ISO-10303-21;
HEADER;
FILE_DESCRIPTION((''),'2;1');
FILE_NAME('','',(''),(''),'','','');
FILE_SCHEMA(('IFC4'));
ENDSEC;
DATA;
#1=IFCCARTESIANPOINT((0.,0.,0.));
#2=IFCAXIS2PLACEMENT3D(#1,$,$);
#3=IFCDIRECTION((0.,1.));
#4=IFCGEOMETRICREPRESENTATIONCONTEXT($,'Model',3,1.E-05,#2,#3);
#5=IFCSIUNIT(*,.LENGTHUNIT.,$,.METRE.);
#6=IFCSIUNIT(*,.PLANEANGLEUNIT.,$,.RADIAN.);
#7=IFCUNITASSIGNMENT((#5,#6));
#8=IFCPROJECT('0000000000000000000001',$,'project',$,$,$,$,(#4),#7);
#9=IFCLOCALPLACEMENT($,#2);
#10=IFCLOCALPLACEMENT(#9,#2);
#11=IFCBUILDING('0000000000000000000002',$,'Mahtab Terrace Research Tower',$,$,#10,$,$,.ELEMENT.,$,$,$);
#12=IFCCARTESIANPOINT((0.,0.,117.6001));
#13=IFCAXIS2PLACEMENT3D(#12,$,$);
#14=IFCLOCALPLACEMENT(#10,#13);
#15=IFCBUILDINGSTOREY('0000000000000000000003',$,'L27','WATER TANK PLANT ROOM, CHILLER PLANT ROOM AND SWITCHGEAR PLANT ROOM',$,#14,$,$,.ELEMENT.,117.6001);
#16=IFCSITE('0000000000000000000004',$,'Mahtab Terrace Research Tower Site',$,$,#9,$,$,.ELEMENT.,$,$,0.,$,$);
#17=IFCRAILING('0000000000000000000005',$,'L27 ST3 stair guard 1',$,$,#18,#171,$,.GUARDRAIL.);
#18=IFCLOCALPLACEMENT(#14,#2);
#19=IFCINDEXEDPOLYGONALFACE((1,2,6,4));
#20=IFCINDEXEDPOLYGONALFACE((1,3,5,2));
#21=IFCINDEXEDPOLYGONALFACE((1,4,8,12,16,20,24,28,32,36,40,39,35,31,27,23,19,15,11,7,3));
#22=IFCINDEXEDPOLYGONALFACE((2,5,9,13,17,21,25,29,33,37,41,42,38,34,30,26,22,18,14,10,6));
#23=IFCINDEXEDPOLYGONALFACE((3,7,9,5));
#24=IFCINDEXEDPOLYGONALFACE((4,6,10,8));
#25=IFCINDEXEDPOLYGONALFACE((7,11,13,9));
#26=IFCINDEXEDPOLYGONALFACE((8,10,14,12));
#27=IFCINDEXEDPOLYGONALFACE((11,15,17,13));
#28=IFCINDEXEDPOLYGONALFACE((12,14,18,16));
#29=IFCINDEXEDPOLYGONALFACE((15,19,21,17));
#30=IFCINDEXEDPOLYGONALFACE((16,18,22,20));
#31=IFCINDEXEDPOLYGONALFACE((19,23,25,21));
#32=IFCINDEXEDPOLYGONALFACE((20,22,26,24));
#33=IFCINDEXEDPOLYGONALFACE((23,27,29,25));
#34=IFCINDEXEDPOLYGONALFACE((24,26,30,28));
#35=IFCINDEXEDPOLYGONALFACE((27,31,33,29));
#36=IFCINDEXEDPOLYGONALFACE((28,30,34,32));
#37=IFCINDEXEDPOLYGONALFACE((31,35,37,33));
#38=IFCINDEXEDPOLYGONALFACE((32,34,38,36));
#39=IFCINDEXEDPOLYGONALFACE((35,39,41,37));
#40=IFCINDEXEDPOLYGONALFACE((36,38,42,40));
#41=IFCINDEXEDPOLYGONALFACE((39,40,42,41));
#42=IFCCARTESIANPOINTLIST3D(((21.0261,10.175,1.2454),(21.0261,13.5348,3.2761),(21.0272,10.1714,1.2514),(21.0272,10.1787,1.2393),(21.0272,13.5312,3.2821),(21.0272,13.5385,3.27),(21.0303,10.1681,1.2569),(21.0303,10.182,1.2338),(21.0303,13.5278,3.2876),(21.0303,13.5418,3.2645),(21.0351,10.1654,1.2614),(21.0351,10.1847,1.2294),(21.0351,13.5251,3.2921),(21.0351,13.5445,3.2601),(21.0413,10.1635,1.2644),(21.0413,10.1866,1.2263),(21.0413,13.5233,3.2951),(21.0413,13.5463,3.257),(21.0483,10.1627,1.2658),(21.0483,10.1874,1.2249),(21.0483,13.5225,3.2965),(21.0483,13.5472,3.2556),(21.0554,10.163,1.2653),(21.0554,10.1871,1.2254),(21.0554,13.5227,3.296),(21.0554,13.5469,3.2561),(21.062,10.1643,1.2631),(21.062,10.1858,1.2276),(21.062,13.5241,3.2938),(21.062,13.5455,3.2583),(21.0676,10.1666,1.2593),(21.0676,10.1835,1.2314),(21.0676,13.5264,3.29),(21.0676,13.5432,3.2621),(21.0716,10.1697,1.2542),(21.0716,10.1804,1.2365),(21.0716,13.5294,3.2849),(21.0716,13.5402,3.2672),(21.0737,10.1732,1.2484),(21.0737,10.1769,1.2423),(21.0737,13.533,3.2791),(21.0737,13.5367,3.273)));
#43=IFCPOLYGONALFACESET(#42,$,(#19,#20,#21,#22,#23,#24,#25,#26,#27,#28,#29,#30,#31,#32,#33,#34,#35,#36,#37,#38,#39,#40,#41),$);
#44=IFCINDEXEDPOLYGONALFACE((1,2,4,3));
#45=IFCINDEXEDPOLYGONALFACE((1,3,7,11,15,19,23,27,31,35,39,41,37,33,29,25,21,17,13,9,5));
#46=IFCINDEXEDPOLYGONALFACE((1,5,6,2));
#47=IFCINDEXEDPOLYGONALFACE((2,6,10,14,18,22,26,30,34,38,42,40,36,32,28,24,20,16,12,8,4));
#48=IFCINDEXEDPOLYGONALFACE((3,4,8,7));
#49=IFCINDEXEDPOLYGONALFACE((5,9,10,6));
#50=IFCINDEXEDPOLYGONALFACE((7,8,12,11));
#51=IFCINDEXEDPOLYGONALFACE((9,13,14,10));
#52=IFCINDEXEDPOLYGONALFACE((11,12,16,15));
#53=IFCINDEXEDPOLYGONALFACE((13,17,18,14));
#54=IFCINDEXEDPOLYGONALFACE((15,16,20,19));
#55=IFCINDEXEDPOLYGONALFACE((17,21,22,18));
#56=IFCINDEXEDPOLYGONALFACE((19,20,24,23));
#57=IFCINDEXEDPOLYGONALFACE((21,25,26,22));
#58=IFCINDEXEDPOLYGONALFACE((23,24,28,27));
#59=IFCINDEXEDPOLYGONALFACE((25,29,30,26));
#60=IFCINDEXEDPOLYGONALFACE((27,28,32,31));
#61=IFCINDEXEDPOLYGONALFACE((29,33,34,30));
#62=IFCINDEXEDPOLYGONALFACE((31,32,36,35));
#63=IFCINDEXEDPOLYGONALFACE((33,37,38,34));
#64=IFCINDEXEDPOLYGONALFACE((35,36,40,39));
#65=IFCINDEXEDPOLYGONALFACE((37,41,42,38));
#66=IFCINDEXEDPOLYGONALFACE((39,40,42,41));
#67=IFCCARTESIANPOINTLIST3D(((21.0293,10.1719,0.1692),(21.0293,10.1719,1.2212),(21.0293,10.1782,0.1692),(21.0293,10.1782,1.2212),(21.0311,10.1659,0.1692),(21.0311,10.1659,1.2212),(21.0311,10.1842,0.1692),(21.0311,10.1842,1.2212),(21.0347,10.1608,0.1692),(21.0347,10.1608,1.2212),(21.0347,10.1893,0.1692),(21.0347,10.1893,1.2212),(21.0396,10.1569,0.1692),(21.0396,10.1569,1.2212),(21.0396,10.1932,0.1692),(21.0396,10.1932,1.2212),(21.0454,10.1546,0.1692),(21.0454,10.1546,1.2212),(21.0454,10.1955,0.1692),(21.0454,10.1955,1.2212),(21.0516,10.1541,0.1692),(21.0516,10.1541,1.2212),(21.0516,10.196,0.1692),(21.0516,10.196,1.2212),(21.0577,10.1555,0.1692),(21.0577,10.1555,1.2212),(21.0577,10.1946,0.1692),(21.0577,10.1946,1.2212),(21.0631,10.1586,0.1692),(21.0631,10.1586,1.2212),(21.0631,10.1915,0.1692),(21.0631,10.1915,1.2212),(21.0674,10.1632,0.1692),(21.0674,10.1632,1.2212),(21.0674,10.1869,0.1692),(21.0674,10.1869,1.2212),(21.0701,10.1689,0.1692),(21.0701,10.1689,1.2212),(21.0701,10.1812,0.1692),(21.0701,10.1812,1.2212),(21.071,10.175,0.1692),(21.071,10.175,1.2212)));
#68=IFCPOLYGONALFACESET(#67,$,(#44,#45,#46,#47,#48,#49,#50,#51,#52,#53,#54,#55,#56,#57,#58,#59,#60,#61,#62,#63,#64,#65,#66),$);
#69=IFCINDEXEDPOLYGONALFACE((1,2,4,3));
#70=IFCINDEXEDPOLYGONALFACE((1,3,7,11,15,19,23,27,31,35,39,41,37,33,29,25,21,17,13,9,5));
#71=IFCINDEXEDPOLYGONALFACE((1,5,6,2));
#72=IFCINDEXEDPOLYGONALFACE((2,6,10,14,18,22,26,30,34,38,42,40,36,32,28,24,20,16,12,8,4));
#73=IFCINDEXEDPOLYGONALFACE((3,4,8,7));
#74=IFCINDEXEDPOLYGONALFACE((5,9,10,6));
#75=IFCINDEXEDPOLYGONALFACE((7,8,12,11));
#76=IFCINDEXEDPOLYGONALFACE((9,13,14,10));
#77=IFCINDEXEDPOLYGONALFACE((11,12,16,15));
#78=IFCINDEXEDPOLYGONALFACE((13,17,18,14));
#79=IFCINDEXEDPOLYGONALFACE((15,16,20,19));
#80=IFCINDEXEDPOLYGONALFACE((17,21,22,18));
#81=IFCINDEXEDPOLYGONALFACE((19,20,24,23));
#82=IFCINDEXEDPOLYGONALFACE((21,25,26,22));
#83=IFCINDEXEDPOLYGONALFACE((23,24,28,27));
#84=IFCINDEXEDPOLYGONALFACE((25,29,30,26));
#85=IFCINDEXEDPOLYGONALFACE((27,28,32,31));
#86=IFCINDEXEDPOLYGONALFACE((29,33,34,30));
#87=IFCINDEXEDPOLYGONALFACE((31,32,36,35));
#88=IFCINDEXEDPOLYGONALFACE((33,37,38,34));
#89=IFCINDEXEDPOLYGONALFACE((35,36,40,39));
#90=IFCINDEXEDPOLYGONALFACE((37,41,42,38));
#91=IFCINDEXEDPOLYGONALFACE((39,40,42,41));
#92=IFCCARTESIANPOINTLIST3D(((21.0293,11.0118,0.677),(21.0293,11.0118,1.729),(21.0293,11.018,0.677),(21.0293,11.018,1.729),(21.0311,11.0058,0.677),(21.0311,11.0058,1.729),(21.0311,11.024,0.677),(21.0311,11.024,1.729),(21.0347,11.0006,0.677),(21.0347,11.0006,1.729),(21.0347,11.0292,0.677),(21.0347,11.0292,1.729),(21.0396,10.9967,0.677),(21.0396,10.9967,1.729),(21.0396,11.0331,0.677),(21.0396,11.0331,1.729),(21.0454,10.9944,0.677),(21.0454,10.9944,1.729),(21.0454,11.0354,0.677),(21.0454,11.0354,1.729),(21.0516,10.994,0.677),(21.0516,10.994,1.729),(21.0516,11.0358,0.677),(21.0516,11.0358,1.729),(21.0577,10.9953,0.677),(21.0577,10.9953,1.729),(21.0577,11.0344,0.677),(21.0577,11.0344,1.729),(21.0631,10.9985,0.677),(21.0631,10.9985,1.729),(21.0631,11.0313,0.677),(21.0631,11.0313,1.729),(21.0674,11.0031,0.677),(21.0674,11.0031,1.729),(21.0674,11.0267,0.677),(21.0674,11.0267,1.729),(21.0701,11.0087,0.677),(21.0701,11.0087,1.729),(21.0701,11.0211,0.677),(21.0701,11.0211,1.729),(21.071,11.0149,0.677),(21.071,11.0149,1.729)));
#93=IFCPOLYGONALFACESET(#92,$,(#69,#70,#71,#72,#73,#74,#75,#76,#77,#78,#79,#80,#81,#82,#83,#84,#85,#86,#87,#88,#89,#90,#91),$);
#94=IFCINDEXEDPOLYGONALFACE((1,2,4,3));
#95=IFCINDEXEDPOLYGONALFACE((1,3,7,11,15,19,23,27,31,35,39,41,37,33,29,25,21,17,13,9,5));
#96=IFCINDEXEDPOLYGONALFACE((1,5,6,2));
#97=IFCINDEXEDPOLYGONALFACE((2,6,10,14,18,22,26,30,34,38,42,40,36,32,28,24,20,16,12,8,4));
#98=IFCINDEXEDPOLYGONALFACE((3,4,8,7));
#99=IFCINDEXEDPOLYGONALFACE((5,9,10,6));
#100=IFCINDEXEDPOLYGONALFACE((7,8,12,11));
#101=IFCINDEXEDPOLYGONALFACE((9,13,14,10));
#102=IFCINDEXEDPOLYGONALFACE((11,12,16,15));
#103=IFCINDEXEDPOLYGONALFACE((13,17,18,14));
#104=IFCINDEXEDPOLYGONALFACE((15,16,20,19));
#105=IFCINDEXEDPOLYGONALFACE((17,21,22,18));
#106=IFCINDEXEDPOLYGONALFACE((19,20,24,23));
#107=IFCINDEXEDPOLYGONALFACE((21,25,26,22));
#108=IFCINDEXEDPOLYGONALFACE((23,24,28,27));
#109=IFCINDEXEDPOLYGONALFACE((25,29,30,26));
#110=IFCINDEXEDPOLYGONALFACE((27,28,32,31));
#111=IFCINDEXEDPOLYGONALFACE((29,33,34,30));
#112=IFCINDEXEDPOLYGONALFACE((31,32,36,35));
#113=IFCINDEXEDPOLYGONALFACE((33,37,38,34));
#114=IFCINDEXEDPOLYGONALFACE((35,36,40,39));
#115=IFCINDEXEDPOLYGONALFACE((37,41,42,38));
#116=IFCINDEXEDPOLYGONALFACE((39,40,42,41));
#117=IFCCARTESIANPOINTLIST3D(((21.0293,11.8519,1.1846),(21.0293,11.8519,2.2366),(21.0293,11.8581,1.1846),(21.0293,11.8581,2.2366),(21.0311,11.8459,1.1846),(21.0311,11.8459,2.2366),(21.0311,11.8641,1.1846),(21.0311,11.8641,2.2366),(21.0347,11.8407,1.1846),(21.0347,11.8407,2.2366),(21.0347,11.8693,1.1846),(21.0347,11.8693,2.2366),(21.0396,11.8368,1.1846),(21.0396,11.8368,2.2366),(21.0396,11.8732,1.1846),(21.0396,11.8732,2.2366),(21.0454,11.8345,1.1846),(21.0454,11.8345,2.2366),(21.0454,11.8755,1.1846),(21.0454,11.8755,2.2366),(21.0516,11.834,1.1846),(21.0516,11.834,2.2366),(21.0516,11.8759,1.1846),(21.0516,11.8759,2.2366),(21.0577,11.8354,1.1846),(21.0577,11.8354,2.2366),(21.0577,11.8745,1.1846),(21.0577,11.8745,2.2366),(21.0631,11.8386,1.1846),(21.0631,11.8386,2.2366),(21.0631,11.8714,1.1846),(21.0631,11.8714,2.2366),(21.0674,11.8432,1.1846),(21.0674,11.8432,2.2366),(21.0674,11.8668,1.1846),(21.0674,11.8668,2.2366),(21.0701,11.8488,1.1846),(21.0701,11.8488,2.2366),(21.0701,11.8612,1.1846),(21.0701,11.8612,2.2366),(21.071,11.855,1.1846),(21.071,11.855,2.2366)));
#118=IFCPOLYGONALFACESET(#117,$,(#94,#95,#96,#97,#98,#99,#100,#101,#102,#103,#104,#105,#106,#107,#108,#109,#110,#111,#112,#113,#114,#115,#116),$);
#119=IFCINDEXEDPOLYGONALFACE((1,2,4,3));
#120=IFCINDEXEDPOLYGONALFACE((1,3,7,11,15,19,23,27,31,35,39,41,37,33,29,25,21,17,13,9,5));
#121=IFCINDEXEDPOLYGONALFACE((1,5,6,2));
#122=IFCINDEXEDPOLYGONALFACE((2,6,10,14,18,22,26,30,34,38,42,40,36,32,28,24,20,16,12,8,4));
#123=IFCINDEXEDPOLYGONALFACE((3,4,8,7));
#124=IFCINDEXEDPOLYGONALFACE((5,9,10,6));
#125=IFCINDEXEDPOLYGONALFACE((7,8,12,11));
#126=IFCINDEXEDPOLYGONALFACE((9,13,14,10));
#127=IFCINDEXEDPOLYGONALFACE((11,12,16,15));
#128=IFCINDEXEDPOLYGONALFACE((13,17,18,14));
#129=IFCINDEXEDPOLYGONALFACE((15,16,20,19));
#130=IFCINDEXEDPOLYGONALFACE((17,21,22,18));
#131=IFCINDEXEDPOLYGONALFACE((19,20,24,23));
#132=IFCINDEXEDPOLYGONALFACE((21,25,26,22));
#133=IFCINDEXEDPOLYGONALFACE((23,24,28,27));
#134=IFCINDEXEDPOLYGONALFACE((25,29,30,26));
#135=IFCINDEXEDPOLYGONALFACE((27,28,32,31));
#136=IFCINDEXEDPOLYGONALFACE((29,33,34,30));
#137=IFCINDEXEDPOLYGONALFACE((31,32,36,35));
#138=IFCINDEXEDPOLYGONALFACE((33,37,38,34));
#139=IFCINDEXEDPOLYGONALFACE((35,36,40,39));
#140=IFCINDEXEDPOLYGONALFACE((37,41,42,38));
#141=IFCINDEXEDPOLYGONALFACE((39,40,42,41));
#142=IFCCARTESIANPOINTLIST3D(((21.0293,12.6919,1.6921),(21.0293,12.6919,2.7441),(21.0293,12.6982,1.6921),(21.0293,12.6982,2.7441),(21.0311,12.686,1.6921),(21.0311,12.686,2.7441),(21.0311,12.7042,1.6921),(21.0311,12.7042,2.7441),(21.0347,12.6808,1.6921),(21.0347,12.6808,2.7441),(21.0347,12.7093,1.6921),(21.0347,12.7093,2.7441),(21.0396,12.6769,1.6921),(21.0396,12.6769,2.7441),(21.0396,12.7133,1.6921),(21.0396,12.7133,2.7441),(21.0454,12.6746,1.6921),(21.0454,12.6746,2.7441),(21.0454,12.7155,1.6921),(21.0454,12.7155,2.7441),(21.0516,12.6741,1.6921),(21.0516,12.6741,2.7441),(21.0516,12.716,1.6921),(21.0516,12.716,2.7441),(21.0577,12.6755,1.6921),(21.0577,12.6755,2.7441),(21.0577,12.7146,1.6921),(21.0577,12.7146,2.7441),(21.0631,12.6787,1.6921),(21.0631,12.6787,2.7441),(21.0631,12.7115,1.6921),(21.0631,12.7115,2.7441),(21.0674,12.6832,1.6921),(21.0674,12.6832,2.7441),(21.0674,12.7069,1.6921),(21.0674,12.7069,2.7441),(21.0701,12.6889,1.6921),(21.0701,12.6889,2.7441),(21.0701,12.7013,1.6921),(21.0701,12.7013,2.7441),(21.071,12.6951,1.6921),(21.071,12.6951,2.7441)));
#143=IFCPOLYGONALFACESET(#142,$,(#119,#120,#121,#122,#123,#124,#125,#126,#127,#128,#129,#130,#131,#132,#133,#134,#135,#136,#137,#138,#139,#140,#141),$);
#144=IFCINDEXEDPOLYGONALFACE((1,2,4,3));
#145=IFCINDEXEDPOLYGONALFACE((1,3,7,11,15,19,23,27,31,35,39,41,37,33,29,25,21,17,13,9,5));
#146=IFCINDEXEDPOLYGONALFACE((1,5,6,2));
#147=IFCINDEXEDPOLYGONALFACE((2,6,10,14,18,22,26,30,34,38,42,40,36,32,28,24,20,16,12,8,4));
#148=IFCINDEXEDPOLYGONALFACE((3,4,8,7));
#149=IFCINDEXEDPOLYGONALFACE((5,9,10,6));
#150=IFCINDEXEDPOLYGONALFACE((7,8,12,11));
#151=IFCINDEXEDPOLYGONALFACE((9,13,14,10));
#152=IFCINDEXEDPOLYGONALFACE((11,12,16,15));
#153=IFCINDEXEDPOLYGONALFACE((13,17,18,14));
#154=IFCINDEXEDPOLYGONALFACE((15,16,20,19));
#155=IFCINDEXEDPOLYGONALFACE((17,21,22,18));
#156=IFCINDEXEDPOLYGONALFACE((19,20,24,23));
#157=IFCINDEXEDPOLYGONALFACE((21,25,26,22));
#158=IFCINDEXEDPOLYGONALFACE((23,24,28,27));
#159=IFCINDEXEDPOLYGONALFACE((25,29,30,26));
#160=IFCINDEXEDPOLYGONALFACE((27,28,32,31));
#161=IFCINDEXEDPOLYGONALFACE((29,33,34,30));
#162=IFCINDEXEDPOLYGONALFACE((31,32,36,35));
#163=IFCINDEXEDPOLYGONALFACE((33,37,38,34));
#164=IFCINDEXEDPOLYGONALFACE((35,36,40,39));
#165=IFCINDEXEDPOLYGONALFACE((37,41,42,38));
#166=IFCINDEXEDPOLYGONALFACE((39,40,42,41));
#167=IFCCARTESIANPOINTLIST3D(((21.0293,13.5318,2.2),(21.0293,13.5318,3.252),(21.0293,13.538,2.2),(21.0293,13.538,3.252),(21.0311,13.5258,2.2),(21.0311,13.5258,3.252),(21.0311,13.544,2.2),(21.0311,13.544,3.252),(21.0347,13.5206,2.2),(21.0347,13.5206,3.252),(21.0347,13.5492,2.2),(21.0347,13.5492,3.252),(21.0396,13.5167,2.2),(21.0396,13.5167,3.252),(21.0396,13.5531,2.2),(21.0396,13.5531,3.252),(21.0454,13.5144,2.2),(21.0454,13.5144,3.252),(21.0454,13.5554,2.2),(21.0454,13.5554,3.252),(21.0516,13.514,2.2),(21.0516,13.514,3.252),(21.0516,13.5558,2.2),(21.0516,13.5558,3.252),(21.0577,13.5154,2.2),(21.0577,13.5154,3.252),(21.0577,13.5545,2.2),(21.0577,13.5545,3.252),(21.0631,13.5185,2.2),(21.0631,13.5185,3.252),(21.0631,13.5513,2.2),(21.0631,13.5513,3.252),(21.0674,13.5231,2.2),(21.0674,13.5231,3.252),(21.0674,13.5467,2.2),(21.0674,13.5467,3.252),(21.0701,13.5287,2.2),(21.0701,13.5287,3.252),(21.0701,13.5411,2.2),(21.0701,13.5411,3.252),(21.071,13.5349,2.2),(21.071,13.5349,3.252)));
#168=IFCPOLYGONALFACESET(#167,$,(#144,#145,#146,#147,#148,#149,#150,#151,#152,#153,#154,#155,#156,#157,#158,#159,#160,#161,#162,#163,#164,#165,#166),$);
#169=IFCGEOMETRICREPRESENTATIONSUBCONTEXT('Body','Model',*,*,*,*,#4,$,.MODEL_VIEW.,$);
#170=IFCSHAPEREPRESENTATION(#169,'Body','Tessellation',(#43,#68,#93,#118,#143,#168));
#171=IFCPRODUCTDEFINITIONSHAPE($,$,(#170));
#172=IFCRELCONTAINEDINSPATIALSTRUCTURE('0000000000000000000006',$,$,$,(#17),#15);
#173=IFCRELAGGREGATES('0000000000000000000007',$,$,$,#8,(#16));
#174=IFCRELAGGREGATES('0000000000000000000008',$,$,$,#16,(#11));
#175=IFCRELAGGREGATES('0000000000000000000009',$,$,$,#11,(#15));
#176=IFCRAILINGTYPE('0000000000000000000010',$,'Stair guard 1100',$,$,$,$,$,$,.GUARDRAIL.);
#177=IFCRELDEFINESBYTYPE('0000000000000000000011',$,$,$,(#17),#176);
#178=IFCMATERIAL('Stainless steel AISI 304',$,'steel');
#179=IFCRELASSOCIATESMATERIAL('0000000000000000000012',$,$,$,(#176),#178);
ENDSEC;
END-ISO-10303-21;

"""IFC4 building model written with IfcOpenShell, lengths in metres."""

from ifc_helpers import new_model, si_unit, direction, frame, origin, origin_2d, place, context, subcontext, project, spatial, circle, extrude, material, type_object, element, save


model = new_model("IFC4")

# Units and contexts
model_context = context("Model", 3, precision=1e-05, world=origin(), true_north=direction((0.0, 1.0)))
body_context = subcontext(model_context, "Body", "Model", "MODEL_VIEW")
ifc_project = project(units=[si_unit("LENGTHUNIT", "METRE"), si_unit("PLANEANGLEUNIT", "RADIAN")], contexts=[model_context])

# Site, building, storey
site_placement = place(None, origin())
site = spatial("IfcSite", under=ifc_project, at=site_placement, Name="Mahtab Terrace Research Tower Site", CompositionType="ELEMENT", RefElevation=0.0)
building_placement = place(site_placement, origin())
building = spatial("IfcBuilding", under=site, at=building_placement, Name="Mahtab Terrace Research Tower", CompositionType="ELEMENT")
storey_placement = place(building_placement, frame((0.0, 0.0, 117.6001)))
storey = spatial("IfcBuildingStorey", under=building, at=storey_placement, Name="L27", Description="WATER TANK PLANT ROOM, CHILLER PLANT ROOM AND SWITCHGEAR PLANT ROOM", CompositionType="ELEMENT", Elevation=117.6001)

# Shared definitions
ifc_material_1 = material(Name="Stainless steel AISI 304", Category="steel")

# Railing
railing_type_1 = type_object("IfcRailingType", Name="Stair guard 1100", PredefinedType="GUARDRAIL", material=ifc_material_1)
railing_1_placement = place(storey_placement, frame((21.05, 10.175, 0.1692)))
element("IfcRailing", 1, at=railing_1_placement, inside=storey, type_object=railing_type_1, Name="L27 ST3 stair guard 1", PredefinedType="GUARDRAIL", context=body_context, shape_type="SweptSolid", body=[
    extrude(circle(Radius=0.0239, at=origin_2d()), frame((0.0, 0.0, 1.0762), z_axis=(0.0, 0.85582, 0.517273), x_axis=(-1.0, 0.0, 0.0)), (0.0, 0.0, 1.0), 3.9258),
    extrude(circle(Radius=0.021, at=origin_2d()), origin(), (0.0, 0.0, 1.0), 1.052),
    extrude(circle(Radius=0.021, at=origin_2d()), frame((0.0, 0.8398, 0.5078)), (0.0, 0.0, 1.0), 1.052),
    extrude(circle(Radius=0.021, at=origin_2d()), frame((0.0, 1.6799, 1.0154)), (0.0, 0.0, 1.0), 1.052),
    extrude(circle(Radius=0.021, at=origin_2d()), frame((0.0, 2.52, 1.5229)), (0.0, 0.0, 1.0), 1.052),
    extrude(circle(Radius=0.021, at=origin_2d()), frame((0.0, 3.3599, 2.0308)), (0.0, 0.0, 1.0), 1.052),
])

save(model, "model.ifc")
